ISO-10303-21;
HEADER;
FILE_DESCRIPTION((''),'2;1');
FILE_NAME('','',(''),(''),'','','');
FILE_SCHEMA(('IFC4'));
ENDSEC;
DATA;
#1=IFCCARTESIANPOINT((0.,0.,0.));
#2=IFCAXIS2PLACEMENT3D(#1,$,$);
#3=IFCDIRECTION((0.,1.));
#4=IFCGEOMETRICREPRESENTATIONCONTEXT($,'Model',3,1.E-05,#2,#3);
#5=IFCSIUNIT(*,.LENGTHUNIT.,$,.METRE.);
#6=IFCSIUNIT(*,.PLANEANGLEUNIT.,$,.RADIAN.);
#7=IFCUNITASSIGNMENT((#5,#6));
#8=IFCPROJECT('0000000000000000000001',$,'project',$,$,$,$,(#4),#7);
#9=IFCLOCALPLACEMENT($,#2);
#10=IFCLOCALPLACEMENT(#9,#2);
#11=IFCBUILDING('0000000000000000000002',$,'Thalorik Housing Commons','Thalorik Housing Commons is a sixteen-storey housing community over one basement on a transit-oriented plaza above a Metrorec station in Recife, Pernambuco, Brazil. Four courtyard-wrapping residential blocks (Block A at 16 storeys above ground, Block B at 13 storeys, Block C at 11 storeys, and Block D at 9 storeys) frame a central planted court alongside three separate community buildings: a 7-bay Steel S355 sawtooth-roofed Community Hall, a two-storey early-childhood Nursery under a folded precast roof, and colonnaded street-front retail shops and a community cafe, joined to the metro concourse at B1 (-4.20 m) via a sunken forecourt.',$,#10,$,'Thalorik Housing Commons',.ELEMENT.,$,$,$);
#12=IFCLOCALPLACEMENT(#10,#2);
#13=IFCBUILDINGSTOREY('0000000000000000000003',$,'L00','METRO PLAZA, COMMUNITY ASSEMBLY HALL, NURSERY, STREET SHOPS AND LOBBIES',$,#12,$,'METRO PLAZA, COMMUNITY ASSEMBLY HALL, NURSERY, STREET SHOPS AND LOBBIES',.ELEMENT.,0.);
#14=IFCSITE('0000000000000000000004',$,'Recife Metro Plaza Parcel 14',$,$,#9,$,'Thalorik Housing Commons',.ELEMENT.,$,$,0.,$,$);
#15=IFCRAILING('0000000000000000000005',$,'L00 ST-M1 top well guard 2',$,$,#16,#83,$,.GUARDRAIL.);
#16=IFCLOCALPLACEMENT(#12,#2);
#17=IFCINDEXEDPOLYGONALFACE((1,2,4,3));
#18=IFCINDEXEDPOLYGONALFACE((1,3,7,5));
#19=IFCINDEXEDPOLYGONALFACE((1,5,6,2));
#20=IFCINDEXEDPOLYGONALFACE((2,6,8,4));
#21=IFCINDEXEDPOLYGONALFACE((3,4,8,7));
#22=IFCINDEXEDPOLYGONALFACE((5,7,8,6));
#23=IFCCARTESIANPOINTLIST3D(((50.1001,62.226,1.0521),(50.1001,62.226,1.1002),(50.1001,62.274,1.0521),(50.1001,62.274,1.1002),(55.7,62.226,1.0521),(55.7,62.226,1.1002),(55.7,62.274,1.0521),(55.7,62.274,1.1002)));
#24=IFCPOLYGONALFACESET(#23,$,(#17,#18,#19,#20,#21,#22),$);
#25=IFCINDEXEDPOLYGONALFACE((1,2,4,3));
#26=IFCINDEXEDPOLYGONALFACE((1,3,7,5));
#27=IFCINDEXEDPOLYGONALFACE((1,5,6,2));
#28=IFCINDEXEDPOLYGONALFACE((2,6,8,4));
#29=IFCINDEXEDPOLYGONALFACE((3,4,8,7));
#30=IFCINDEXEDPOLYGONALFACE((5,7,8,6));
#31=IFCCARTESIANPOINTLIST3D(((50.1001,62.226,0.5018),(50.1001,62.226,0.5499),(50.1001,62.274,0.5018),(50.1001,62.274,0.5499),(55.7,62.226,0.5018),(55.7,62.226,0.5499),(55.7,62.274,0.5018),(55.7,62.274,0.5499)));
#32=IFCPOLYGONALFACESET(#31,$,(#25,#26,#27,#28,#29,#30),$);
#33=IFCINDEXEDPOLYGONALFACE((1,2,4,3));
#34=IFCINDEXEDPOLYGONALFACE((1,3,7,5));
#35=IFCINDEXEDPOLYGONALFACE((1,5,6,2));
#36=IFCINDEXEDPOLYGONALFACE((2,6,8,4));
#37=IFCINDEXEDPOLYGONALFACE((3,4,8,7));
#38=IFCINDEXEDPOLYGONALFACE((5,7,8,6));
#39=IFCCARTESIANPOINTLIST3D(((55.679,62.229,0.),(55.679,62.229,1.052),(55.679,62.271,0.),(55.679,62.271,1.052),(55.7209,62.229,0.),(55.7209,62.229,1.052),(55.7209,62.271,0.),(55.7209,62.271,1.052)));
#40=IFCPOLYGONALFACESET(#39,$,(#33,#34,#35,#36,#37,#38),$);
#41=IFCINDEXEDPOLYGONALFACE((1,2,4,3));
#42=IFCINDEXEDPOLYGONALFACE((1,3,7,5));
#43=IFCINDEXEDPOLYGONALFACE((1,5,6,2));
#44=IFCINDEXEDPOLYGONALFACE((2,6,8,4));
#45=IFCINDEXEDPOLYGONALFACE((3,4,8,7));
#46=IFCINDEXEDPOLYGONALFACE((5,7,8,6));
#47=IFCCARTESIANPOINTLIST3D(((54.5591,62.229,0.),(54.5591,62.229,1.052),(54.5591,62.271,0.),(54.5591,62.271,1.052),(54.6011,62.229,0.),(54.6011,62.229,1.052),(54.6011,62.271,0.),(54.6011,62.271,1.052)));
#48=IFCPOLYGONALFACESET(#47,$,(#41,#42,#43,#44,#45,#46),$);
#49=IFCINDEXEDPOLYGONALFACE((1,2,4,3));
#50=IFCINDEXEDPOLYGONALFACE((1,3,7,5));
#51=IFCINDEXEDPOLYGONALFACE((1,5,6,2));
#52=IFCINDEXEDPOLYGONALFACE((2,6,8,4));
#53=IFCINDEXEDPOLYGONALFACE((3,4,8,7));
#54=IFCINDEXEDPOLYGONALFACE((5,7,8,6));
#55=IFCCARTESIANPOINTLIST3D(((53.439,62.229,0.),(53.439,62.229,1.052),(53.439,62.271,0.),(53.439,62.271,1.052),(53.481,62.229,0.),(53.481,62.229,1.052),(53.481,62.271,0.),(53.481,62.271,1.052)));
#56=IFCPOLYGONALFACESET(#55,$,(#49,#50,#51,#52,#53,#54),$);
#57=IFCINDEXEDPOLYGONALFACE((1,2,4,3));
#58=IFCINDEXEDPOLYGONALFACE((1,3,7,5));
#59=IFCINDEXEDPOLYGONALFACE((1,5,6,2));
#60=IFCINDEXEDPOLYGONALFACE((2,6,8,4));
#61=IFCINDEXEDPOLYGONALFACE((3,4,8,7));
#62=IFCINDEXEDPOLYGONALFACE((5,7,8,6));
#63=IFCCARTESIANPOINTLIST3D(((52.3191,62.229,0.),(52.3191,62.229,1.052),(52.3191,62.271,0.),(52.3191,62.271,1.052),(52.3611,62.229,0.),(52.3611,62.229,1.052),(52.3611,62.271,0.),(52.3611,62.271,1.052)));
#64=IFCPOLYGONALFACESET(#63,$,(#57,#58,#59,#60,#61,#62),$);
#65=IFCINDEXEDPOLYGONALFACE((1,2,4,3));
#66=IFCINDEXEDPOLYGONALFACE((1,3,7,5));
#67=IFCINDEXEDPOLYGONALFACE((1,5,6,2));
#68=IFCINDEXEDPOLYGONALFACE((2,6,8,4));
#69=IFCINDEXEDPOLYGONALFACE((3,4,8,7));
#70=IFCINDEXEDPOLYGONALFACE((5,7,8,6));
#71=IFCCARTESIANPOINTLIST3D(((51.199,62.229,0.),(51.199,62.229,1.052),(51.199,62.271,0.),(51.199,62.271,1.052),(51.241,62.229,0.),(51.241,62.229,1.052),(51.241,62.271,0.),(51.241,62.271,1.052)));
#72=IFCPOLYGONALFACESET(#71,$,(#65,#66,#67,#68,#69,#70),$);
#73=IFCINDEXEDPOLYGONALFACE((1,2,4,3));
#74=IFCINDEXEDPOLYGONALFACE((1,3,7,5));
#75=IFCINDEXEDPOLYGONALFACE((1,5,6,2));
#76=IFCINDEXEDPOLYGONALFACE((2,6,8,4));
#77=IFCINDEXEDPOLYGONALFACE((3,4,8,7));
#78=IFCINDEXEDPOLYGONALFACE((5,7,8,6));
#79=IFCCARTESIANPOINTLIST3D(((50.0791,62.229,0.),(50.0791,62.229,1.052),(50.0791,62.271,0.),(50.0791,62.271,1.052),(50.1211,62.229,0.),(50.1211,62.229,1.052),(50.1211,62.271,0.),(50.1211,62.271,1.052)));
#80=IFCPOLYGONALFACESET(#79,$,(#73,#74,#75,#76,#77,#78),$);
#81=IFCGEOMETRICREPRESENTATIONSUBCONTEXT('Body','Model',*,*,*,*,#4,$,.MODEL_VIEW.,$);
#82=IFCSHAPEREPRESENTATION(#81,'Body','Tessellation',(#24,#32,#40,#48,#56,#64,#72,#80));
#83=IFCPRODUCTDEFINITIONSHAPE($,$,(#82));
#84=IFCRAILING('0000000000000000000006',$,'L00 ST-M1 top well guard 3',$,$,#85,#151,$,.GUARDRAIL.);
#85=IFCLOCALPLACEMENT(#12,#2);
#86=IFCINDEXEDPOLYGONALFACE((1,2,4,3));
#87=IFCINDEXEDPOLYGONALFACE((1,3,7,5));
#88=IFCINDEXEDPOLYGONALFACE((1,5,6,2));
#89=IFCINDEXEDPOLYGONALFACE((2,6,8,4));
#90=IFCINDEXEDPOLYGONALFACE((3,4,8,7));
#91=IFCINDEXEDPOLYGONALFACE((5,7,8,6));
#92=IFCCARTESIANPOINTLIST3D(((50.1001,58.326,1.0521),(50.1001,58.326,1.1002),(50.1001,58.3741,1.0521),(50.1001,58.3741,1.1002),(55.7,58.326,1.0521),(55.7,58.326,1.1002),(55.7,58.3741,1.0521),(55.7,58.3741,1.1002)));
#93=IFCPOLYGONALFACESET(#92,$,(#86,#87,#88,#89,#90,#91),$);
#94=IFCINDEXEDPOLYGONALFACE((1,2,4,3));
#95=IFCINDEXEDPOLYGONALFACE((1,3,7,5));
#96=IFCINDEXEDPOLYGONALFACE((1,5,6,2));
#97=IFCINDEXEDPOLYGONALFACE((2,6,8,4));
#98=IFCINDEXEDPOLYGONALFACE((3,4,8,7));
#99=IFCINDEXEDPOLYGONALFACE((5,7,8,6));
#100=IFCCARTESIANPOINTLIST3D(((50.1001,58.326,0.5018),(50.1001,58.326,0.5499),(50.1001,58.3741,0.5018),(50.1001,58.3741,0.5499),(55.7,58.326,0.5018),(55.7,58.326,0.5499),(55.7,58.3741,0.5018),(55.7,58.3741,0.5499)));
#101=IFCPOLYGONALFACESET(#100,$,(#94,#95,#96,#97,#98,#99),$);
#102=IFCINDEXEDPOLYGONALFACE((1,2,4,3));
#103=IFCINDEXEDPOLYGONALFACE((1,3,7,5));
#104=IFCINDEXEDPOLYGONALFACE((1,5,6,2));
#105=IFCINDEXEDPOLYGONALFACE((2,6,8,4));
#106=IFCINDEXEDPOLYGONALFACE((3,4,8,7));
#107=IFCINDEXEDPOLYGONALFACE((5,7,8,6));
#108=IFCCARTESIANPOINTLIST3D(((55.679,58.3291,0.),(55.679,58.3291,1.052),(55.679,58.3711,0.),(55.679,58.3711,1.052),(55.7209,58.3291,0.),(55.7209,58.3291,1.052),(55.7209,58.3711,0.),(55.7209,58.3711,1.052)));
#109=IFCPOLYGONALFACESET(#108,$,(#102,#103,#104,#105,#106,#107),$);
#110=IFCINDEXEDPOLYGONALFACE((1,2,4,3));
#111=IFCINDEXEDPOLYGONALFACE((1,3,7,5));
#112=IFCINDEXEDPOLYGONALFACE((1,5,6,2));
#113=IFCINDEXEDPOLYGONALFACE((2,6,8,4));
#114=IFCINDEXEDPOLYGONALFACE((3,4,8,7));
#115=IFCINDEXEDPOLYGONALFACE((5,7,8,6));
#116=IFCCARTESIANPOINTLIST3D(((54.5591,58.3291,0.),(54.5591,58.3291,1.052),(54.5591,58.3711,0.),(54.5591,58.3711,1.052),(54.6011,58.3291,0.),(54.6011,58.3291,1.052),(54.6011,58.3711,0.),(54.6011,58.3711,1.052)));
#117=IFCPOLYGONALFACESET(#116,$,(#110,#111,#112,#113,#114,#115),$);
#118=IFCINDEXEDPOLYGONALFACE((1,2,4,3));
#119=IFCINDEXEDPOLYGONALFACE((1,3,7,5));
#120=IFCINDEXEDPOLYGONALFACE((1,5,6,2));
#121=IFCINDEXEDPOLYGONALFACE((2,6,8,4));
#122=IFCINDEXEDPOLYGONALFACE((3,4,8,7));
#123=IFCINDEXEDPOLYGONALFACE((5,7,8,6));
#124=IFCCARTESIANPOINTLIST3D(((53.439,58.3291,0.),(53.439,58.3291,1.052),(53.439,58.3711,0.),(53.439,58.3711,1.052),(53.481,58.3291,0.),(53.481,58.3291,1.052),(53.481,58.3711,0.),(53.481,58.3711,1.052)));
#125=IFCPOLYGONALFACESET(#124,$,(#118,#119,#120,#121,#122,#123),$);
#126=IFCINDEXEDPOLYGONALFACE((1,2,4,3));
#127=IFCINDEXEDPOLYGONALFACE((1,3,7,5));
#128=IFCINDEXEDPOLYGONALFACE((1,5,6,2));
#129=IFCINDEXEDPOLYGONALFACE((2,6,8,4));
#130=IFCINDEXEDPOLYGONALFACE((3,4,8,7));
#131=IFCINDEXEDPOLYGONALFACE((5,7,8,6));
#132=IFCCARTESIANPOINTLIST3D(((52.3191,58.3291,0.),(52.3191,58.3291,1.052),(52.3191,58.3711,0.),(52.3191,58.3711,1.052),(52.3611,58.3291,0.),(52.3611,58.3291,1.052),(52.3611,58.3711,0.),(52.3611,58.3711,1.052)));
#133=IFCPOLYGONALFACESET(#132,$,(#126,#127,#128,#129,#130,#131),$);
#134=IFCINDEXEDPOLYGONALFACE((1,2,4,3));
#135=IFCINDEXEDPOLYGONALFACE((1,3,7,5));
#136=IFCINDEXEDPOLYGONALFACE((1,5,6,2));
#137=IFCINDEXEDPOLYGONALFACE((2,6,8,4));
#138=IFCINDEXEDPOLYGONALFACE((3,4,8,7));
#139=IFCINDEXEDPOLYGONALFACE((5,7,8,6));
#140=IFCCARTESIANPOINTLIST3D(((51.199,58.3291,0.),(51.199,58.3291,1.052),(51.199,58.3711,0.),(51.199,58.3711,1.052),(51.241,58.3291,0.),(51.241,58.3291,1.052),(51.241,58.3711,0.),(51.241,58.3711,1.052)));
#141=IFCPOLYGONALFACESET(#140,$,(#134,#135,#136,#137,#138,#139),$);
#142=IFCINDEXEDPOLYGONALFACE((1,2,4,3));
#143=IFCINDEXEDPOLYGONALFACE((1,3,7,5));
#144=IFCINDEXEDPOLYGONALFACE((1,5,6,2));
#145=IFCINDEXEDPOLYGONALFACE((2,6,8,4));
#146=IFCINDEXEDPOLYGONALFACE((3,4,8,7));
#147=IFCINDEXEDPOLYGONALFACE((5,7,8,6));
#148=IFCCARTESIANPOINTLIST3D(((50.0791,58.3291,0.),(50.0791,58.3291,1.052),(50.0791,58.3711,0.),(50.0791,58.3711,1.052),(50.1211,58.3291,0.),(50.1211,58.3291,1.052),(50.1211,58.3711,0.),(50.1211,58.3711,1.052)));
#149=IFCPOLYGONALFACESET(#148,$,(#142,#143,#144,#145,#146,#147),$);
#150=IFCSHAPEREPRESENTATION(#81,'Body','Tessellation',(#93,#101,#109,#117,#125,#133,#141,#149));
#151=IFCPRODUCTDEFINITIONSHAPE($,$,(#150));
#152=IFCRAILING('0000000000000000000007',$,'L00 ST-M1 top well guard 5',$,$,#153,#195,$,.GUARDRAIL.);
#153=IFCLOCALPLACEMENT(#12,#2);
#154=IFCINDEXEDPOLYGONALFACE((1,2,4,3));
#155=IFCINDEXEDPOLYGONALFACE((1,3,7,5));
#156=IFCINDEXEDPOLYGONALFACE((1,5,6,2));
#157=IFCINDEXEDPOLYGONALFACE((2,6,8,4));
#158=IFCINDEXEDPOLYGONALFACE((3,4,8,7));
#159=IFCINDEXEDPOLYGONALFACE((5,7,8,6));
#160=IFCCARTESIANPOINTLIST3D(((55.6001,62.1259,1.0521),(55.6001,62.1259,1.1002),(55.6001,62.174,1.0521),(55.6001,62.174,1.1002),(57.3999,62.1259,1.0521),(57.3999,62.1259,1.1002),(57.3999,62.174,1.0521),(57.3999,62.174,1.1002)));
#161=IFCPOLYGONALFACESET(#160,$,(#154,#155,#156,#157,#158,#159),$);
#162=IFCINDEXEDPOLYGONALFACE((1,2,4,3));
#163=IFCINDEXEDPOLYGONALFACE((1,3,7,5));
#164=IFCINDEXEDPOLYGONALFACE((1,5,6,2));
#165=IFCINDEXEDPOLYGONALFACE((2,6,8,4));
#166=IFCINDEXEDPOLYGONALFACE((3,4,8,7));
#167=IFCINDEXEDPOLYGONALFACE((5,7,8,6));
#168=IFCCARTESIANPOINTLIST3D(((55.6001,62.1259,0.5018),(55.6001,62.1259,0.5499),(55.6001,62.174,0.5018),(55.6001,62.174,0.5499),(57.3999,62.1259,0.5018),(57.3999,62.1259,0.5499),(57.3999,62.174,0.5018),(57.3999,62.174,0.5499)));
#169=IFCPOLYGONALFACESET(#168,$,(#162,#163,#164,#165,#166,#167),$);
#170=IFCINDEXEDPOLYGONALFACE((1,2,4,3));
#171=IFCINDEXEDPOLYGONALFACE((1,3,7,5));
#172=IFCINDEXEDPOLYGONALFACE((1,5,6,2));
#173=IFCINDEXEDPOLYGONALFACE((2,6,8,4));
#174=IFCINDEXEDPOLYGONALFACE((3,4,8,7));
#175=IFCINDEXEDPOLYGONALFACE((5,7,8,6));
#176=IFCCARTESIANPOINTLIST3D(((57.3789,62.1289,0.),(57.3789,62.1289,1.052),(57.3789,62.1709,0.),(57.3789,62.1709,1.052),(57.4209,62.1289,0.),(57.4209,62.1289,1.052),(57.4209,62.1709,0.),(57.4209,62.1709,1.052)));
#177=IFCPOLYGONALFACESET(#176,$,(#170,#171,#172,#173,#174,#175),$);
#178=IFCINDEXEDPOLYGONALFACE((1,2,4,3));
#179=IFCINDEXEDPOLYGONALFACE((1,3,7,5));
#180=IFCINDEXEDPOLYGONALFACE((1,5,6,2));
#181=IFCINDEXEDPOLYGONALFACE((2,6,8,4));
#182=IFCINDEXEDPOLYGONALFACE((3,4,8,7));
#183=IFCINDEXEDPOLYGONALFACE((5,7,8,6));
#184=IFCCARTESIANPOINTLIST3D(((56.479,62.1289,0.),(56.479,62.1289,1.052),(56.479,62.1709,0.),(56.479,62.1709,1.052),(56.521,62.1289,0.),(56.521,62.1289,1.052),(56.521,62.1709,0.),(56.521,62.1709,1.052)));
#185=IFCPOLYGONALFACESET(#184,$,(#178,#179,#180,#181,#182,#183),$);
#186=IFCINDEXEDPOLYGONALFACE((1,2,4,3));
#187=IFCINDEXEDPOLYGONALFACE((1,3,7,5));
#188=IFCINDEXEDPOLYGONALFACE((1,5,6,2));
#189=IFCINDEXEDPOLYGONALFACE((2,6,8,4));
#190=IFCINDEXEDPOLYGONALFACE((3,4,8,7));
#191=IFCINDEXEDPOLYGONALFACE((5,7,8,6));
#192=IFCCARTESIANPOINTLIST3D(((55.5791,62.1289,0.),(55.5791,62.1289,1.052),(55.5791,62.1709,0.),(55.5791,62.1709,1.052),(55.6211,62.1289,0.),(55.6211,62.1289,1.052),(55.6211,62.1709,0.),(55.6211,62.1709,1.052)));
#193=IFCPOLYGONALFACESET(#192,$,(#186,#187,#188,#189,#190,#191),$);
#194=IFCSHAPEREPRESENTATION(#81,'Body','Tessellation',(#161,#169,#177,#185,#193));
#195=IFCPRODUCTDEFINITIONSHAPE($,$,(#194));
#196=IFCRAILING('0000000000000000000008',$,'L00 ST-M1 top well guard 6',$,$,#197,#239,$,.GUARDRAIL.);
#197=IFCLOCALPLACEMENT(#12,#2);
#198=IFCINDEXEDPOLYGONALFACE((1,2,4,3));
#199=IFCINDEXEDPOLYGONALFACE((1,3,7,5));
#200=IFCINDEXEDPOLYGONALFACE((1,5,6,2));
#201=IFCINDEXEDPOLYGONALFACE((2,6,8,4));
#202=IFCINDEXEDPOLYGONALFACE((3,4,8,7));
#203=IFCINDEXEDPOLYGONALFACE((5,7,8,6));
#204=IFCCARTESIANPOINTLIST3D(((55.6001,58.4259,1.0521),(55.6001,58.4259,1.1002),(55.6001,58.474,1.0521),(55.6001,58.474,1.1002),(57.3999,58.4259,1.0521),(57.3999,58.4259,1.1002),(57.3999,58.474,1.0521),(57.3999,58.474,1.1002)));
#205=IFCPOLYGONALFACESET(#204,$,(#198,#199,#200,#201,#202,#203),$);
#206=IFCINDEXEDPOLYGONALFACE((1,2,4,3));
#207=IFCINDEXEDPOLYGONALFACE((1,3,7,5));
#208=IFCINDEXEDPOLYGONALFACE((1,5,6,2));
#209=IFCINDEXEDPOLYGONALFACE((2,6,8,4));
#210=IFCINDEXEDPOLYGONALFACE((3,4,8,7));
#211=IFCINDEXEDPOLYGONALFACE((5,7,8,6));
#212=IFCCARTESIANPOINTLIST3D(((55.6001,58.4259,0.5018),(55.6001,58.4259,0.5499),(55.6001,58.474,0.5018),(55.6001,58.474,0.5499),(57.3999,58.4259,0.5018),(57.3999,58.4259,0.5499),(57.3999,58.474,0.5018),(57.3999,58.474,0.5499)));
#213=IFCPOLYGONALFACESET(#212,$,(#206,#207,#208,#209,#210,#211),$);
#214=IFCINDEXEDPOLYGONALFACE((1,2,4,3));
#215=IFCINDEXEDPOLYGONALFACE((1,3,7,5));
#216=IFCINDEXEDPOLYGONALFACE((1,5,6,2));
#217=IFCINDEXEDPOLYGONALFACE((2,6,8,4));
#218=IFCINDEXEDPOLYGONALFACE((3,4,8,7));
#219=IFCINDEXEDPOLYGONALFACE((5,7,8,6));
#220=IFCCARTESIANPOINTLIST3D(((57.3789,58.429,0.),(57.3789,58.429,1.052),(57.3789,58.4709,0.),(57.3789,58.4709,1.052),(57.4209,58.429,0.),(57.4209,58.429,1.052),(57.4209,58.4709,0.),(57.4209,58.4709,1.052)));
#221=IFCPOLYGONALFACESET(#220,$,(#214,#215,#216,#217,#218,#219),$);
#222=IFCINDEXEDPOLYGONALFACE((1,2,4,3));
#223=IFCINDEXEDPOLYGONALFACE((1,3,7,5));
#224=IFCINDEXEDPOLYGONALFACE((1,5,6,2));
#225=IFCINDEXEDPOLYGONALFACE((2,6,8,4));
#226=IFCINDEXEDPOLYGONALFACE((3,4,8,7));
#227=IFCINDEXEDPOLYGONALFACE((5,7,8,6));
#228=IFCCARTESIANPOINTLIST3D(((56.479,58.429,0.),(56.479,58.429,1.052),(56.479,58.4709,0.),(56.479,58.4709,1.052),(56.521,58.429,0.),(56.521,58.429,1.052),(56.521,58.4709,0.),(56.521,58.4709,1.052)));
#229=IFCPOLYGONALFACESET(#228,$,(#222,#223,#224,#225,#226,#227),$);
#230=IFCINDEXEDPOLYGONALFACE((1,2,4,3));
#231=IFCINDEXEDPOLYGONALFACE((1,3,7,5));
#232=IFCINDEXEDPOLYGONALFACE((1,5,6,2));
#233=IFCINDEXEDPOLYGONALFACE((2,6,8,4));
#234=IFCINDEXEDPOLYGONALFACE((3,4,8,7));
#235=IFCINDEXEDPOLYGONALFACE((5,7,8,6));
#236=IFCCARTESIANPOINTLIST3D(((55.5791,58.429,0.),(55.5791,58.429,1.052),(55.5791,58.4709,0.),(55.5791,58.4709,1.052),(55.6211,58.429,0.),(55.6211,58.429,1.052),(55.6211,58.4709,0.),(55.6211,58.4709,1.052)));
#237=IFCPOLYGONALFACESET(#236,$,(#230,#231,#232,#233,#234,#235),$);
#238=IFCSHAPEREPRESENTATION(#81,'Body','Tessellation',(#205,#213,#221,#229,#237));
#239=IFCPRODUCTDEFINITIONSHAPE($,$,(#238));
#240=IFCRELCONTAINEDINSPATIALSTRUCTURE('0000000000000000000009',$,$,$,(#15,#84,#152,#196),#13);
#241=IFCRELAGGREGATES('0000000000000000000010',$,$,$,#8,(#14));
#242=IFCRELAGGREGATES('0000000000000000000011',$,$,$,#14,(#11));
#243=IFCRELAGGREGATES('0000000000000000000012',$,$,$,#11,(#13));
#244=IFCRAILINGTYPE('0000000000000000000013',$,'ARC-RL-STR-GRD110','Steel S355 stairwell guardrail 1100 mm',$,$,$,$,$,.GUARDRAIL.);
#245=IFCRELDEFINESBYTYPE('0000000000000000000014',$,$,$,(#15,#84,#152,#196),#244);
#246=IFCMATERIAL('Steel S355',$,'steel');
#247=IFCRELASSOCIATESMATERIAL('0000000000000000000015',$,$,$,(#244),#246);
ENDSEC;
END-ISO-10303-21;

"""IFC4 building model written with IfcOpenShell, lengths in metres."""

from ifc_helpers import new_model, si_unit, direction, frame, origin, origin_2d, place, context, subcontext, project, spatial, rectangle, extrude, material, type_object, element, save


model = new_model("IFC4")

# Units and contexts
model_context = context("Model", 3, precision=1e-05, world=origin(), true_north=direction((0.0, 1.0)))
body_context = subcontext(model_context, "Body", "Model", "MODEL_VIEW")
ifc_project = project(units=[si_unit("LENGTHUNIT", "METRE"), si_unit("PLANEANGLEUNIT", "RADIAN")], contexts=[model_context])

# Site, building, storey
site_placement = place(None, origin())
site = spatial("IfcSite", under=ifc_project, at=site_placement, Name="Recife Metro Plaza Parcel 14", LongName="Thalorik Housing Commons", CompositionType="ELEMENT", RefElevation=0.0)
building_placement = place(site_placement, origin())
building = spatial("IfcBuilding", under=site, at=building_placement, Name="Thalorik Housing Commons", Description="Thalorik Housing Commons is a sixteen-storey housing community over one basement on a transit-oriented plaza above a Metrorec station in Recife, Pernambuco, Brazil. Four courtyard-wrapping residential blocks (Block A at 16 storeys above ground, Block B at 13 storeys, Block C at 11 storeys, and Block D at 9 storeys) frame a central planted court alongside three separate community buildings: a 7-bay Steel S355 sawtooth-roofed Community Hall, a two-storey early-childhood Nursery under a folded precast roof, and colonnaded street-front retail shops and a community cafe, joined to the metro concourse at B1 (-4.20 m) via a sunken forecourt.", LongName="Thalorik Housing Commons", CompositionType="ELEMENT")
storey_placement = place(building_placement, origin())
storey = spatial("IfcBuildingStorey", under=building, at=storey_placement, Name="L00", Description="METRO PLAZA, COMMUNITY ASSEMBLY HALL, NURSERY, STREET SHOPS AND LOBBIES", LongName="METRO PLAZA, COMMUNITY ASSEMBLY HALL, NURSERY, STREET SHOPS AND LOBBIES", CompositionType="ELEMENT", Elevation=0.0)

# Shared definitions
ifc_material_1 = material(Name="Steel S355", Category="steel")

# Railings
railing_type_1 = type_object("IfcRailingType", Name="ARC-RL-STR-GRD110", Description="Steel S355 stairwell guardrail 1100 mm", PredefinedType="GUARDRAIL", material=ifc_material_1)
for number, where, name in (
    (1, (55.7, 62.25, 0.0), "L00 ST-M1 top well guard 2"),
    (2, (55.7, 58.3501, 0.0), "L00 ST-M1 top well guard 3"),
):
    element("IfcRailing", number, at=place(storey_placement, frame(where)), inside=storey, type_object=railing_type_1, Name=name, PredefinedType="GUARDRAIL", context=body_context, shape_type="SweptSolid", body=[
        extrude(rectangle(XDim=0.0481, YDim=0.0481, at=origin_2d()), frame((0.0, 0.0, 1.0762), z_axis=(-1.0, 0.0, 0.0), x_axis=(0.0, -1.0, 0.0)), (0.0, 0.0, 1.0), 5.5999),
        extrude(rectangle(XDim=0.0481, YDim=0.0481, at=origin_2d()), frame((0.0, 0.0, 0.5259), z_axis=(-1.0, 0.0, 0.0), x_axis=(0.0, -1.0, 0.0)), (0.0, 0.0, 1.0), 5.5999),
        extrude(rectangle(XDim=0.042, YDim=0.042, at=origin_2d()), origin(), (0.0, 0.0, 1.0), 1.052),
        extrude(rectangle(XDim=0.042, YDim=0.042, at=origin_2d()), frame((-1.1199, 0.0, 0.0)), (0.0, 0.0, 1.0), 1.052),
        extrude(rectangle(XDim=0.042, YDim=0.042, at=origin_2d()), frame((-2.24, 0.0, 0.0)), (0.0, 0.0, 1.0), 1.052),
        extrude(rectangle(XDim=0.042, YDim=0.042, at=origin_2d()), frame((-3.3599, 0.0, 0.0)), (0.0, 0.0, 1.0), 1.052),
        extrude(rectangle(XDim=0.042, YDim=0.042, at=origin_2d()), frame((-4.48, 0.0, 0.0)), (0.0, 0.0, 1.0), 1.052),
        extrude(rectangle(XDim=0.042, YDim=0.042, at=origin_2d()), frame((-5.5999, 0.0, 0.0)), (0.0, 0.0, 1.0), 1.052),
    ])
for number, where, name in (
    (3, (57.3999, 62.1499, 0.0), "L00 ST-M1 top well guard 5"),
    (4, (57.3999, 58.45, 0.0), "L00 ST-M1 top well guard 6"),
):
    element("IfcRailing", number, at=place(storey_placement, frame(where)), inside=storey, type_object=railing_type_1, Name=name, PredefinedType="GUARDRAIL", context=body_context, shape_type="SweptSolid", body=[
        extrude(rectangle(XDim=0.0481, YDim=0.0481, at=origin_2d()), frame((0.0, 0.0, 1.0762), z_axis=(-1.0, 0.0, 0.0), x_axis=(0.0, -1.0, 0.0)), (0.0, 0.0, 1.0), 1.7998),
        extrude(rectangle(XDim=0.0481, YDim=0.0481, at=origin_2d()), frame((0.0, 0.0, 0.5259), z_axis=(-1.0, 0.0, 0.0), x_axis=(0.0, -1.0, 0.0)), (0.0, 0.0, 1.0), 1.7998),
        extrude(rectangle(XDim=0.042, YDim=0.042, at=origin_2d()), origin(), (0.0, 0.0, 1.0), 1.052),
        extrude(rectangle(XDim=0.042, YDim=0.042, at=origin_2d()), frame((-0.8999, 0.0, 0.0)), (0.0, 0.0, 1.0), 1.052),
        extrude(rectangle(XDim=0.042, YDim=0.042, at=origin_2d()), frame((-1.7998, 0.0, 0.0)), (0.0, 0.0, 1.0), 1.052),
    ])

save(model, "model.ifc")
